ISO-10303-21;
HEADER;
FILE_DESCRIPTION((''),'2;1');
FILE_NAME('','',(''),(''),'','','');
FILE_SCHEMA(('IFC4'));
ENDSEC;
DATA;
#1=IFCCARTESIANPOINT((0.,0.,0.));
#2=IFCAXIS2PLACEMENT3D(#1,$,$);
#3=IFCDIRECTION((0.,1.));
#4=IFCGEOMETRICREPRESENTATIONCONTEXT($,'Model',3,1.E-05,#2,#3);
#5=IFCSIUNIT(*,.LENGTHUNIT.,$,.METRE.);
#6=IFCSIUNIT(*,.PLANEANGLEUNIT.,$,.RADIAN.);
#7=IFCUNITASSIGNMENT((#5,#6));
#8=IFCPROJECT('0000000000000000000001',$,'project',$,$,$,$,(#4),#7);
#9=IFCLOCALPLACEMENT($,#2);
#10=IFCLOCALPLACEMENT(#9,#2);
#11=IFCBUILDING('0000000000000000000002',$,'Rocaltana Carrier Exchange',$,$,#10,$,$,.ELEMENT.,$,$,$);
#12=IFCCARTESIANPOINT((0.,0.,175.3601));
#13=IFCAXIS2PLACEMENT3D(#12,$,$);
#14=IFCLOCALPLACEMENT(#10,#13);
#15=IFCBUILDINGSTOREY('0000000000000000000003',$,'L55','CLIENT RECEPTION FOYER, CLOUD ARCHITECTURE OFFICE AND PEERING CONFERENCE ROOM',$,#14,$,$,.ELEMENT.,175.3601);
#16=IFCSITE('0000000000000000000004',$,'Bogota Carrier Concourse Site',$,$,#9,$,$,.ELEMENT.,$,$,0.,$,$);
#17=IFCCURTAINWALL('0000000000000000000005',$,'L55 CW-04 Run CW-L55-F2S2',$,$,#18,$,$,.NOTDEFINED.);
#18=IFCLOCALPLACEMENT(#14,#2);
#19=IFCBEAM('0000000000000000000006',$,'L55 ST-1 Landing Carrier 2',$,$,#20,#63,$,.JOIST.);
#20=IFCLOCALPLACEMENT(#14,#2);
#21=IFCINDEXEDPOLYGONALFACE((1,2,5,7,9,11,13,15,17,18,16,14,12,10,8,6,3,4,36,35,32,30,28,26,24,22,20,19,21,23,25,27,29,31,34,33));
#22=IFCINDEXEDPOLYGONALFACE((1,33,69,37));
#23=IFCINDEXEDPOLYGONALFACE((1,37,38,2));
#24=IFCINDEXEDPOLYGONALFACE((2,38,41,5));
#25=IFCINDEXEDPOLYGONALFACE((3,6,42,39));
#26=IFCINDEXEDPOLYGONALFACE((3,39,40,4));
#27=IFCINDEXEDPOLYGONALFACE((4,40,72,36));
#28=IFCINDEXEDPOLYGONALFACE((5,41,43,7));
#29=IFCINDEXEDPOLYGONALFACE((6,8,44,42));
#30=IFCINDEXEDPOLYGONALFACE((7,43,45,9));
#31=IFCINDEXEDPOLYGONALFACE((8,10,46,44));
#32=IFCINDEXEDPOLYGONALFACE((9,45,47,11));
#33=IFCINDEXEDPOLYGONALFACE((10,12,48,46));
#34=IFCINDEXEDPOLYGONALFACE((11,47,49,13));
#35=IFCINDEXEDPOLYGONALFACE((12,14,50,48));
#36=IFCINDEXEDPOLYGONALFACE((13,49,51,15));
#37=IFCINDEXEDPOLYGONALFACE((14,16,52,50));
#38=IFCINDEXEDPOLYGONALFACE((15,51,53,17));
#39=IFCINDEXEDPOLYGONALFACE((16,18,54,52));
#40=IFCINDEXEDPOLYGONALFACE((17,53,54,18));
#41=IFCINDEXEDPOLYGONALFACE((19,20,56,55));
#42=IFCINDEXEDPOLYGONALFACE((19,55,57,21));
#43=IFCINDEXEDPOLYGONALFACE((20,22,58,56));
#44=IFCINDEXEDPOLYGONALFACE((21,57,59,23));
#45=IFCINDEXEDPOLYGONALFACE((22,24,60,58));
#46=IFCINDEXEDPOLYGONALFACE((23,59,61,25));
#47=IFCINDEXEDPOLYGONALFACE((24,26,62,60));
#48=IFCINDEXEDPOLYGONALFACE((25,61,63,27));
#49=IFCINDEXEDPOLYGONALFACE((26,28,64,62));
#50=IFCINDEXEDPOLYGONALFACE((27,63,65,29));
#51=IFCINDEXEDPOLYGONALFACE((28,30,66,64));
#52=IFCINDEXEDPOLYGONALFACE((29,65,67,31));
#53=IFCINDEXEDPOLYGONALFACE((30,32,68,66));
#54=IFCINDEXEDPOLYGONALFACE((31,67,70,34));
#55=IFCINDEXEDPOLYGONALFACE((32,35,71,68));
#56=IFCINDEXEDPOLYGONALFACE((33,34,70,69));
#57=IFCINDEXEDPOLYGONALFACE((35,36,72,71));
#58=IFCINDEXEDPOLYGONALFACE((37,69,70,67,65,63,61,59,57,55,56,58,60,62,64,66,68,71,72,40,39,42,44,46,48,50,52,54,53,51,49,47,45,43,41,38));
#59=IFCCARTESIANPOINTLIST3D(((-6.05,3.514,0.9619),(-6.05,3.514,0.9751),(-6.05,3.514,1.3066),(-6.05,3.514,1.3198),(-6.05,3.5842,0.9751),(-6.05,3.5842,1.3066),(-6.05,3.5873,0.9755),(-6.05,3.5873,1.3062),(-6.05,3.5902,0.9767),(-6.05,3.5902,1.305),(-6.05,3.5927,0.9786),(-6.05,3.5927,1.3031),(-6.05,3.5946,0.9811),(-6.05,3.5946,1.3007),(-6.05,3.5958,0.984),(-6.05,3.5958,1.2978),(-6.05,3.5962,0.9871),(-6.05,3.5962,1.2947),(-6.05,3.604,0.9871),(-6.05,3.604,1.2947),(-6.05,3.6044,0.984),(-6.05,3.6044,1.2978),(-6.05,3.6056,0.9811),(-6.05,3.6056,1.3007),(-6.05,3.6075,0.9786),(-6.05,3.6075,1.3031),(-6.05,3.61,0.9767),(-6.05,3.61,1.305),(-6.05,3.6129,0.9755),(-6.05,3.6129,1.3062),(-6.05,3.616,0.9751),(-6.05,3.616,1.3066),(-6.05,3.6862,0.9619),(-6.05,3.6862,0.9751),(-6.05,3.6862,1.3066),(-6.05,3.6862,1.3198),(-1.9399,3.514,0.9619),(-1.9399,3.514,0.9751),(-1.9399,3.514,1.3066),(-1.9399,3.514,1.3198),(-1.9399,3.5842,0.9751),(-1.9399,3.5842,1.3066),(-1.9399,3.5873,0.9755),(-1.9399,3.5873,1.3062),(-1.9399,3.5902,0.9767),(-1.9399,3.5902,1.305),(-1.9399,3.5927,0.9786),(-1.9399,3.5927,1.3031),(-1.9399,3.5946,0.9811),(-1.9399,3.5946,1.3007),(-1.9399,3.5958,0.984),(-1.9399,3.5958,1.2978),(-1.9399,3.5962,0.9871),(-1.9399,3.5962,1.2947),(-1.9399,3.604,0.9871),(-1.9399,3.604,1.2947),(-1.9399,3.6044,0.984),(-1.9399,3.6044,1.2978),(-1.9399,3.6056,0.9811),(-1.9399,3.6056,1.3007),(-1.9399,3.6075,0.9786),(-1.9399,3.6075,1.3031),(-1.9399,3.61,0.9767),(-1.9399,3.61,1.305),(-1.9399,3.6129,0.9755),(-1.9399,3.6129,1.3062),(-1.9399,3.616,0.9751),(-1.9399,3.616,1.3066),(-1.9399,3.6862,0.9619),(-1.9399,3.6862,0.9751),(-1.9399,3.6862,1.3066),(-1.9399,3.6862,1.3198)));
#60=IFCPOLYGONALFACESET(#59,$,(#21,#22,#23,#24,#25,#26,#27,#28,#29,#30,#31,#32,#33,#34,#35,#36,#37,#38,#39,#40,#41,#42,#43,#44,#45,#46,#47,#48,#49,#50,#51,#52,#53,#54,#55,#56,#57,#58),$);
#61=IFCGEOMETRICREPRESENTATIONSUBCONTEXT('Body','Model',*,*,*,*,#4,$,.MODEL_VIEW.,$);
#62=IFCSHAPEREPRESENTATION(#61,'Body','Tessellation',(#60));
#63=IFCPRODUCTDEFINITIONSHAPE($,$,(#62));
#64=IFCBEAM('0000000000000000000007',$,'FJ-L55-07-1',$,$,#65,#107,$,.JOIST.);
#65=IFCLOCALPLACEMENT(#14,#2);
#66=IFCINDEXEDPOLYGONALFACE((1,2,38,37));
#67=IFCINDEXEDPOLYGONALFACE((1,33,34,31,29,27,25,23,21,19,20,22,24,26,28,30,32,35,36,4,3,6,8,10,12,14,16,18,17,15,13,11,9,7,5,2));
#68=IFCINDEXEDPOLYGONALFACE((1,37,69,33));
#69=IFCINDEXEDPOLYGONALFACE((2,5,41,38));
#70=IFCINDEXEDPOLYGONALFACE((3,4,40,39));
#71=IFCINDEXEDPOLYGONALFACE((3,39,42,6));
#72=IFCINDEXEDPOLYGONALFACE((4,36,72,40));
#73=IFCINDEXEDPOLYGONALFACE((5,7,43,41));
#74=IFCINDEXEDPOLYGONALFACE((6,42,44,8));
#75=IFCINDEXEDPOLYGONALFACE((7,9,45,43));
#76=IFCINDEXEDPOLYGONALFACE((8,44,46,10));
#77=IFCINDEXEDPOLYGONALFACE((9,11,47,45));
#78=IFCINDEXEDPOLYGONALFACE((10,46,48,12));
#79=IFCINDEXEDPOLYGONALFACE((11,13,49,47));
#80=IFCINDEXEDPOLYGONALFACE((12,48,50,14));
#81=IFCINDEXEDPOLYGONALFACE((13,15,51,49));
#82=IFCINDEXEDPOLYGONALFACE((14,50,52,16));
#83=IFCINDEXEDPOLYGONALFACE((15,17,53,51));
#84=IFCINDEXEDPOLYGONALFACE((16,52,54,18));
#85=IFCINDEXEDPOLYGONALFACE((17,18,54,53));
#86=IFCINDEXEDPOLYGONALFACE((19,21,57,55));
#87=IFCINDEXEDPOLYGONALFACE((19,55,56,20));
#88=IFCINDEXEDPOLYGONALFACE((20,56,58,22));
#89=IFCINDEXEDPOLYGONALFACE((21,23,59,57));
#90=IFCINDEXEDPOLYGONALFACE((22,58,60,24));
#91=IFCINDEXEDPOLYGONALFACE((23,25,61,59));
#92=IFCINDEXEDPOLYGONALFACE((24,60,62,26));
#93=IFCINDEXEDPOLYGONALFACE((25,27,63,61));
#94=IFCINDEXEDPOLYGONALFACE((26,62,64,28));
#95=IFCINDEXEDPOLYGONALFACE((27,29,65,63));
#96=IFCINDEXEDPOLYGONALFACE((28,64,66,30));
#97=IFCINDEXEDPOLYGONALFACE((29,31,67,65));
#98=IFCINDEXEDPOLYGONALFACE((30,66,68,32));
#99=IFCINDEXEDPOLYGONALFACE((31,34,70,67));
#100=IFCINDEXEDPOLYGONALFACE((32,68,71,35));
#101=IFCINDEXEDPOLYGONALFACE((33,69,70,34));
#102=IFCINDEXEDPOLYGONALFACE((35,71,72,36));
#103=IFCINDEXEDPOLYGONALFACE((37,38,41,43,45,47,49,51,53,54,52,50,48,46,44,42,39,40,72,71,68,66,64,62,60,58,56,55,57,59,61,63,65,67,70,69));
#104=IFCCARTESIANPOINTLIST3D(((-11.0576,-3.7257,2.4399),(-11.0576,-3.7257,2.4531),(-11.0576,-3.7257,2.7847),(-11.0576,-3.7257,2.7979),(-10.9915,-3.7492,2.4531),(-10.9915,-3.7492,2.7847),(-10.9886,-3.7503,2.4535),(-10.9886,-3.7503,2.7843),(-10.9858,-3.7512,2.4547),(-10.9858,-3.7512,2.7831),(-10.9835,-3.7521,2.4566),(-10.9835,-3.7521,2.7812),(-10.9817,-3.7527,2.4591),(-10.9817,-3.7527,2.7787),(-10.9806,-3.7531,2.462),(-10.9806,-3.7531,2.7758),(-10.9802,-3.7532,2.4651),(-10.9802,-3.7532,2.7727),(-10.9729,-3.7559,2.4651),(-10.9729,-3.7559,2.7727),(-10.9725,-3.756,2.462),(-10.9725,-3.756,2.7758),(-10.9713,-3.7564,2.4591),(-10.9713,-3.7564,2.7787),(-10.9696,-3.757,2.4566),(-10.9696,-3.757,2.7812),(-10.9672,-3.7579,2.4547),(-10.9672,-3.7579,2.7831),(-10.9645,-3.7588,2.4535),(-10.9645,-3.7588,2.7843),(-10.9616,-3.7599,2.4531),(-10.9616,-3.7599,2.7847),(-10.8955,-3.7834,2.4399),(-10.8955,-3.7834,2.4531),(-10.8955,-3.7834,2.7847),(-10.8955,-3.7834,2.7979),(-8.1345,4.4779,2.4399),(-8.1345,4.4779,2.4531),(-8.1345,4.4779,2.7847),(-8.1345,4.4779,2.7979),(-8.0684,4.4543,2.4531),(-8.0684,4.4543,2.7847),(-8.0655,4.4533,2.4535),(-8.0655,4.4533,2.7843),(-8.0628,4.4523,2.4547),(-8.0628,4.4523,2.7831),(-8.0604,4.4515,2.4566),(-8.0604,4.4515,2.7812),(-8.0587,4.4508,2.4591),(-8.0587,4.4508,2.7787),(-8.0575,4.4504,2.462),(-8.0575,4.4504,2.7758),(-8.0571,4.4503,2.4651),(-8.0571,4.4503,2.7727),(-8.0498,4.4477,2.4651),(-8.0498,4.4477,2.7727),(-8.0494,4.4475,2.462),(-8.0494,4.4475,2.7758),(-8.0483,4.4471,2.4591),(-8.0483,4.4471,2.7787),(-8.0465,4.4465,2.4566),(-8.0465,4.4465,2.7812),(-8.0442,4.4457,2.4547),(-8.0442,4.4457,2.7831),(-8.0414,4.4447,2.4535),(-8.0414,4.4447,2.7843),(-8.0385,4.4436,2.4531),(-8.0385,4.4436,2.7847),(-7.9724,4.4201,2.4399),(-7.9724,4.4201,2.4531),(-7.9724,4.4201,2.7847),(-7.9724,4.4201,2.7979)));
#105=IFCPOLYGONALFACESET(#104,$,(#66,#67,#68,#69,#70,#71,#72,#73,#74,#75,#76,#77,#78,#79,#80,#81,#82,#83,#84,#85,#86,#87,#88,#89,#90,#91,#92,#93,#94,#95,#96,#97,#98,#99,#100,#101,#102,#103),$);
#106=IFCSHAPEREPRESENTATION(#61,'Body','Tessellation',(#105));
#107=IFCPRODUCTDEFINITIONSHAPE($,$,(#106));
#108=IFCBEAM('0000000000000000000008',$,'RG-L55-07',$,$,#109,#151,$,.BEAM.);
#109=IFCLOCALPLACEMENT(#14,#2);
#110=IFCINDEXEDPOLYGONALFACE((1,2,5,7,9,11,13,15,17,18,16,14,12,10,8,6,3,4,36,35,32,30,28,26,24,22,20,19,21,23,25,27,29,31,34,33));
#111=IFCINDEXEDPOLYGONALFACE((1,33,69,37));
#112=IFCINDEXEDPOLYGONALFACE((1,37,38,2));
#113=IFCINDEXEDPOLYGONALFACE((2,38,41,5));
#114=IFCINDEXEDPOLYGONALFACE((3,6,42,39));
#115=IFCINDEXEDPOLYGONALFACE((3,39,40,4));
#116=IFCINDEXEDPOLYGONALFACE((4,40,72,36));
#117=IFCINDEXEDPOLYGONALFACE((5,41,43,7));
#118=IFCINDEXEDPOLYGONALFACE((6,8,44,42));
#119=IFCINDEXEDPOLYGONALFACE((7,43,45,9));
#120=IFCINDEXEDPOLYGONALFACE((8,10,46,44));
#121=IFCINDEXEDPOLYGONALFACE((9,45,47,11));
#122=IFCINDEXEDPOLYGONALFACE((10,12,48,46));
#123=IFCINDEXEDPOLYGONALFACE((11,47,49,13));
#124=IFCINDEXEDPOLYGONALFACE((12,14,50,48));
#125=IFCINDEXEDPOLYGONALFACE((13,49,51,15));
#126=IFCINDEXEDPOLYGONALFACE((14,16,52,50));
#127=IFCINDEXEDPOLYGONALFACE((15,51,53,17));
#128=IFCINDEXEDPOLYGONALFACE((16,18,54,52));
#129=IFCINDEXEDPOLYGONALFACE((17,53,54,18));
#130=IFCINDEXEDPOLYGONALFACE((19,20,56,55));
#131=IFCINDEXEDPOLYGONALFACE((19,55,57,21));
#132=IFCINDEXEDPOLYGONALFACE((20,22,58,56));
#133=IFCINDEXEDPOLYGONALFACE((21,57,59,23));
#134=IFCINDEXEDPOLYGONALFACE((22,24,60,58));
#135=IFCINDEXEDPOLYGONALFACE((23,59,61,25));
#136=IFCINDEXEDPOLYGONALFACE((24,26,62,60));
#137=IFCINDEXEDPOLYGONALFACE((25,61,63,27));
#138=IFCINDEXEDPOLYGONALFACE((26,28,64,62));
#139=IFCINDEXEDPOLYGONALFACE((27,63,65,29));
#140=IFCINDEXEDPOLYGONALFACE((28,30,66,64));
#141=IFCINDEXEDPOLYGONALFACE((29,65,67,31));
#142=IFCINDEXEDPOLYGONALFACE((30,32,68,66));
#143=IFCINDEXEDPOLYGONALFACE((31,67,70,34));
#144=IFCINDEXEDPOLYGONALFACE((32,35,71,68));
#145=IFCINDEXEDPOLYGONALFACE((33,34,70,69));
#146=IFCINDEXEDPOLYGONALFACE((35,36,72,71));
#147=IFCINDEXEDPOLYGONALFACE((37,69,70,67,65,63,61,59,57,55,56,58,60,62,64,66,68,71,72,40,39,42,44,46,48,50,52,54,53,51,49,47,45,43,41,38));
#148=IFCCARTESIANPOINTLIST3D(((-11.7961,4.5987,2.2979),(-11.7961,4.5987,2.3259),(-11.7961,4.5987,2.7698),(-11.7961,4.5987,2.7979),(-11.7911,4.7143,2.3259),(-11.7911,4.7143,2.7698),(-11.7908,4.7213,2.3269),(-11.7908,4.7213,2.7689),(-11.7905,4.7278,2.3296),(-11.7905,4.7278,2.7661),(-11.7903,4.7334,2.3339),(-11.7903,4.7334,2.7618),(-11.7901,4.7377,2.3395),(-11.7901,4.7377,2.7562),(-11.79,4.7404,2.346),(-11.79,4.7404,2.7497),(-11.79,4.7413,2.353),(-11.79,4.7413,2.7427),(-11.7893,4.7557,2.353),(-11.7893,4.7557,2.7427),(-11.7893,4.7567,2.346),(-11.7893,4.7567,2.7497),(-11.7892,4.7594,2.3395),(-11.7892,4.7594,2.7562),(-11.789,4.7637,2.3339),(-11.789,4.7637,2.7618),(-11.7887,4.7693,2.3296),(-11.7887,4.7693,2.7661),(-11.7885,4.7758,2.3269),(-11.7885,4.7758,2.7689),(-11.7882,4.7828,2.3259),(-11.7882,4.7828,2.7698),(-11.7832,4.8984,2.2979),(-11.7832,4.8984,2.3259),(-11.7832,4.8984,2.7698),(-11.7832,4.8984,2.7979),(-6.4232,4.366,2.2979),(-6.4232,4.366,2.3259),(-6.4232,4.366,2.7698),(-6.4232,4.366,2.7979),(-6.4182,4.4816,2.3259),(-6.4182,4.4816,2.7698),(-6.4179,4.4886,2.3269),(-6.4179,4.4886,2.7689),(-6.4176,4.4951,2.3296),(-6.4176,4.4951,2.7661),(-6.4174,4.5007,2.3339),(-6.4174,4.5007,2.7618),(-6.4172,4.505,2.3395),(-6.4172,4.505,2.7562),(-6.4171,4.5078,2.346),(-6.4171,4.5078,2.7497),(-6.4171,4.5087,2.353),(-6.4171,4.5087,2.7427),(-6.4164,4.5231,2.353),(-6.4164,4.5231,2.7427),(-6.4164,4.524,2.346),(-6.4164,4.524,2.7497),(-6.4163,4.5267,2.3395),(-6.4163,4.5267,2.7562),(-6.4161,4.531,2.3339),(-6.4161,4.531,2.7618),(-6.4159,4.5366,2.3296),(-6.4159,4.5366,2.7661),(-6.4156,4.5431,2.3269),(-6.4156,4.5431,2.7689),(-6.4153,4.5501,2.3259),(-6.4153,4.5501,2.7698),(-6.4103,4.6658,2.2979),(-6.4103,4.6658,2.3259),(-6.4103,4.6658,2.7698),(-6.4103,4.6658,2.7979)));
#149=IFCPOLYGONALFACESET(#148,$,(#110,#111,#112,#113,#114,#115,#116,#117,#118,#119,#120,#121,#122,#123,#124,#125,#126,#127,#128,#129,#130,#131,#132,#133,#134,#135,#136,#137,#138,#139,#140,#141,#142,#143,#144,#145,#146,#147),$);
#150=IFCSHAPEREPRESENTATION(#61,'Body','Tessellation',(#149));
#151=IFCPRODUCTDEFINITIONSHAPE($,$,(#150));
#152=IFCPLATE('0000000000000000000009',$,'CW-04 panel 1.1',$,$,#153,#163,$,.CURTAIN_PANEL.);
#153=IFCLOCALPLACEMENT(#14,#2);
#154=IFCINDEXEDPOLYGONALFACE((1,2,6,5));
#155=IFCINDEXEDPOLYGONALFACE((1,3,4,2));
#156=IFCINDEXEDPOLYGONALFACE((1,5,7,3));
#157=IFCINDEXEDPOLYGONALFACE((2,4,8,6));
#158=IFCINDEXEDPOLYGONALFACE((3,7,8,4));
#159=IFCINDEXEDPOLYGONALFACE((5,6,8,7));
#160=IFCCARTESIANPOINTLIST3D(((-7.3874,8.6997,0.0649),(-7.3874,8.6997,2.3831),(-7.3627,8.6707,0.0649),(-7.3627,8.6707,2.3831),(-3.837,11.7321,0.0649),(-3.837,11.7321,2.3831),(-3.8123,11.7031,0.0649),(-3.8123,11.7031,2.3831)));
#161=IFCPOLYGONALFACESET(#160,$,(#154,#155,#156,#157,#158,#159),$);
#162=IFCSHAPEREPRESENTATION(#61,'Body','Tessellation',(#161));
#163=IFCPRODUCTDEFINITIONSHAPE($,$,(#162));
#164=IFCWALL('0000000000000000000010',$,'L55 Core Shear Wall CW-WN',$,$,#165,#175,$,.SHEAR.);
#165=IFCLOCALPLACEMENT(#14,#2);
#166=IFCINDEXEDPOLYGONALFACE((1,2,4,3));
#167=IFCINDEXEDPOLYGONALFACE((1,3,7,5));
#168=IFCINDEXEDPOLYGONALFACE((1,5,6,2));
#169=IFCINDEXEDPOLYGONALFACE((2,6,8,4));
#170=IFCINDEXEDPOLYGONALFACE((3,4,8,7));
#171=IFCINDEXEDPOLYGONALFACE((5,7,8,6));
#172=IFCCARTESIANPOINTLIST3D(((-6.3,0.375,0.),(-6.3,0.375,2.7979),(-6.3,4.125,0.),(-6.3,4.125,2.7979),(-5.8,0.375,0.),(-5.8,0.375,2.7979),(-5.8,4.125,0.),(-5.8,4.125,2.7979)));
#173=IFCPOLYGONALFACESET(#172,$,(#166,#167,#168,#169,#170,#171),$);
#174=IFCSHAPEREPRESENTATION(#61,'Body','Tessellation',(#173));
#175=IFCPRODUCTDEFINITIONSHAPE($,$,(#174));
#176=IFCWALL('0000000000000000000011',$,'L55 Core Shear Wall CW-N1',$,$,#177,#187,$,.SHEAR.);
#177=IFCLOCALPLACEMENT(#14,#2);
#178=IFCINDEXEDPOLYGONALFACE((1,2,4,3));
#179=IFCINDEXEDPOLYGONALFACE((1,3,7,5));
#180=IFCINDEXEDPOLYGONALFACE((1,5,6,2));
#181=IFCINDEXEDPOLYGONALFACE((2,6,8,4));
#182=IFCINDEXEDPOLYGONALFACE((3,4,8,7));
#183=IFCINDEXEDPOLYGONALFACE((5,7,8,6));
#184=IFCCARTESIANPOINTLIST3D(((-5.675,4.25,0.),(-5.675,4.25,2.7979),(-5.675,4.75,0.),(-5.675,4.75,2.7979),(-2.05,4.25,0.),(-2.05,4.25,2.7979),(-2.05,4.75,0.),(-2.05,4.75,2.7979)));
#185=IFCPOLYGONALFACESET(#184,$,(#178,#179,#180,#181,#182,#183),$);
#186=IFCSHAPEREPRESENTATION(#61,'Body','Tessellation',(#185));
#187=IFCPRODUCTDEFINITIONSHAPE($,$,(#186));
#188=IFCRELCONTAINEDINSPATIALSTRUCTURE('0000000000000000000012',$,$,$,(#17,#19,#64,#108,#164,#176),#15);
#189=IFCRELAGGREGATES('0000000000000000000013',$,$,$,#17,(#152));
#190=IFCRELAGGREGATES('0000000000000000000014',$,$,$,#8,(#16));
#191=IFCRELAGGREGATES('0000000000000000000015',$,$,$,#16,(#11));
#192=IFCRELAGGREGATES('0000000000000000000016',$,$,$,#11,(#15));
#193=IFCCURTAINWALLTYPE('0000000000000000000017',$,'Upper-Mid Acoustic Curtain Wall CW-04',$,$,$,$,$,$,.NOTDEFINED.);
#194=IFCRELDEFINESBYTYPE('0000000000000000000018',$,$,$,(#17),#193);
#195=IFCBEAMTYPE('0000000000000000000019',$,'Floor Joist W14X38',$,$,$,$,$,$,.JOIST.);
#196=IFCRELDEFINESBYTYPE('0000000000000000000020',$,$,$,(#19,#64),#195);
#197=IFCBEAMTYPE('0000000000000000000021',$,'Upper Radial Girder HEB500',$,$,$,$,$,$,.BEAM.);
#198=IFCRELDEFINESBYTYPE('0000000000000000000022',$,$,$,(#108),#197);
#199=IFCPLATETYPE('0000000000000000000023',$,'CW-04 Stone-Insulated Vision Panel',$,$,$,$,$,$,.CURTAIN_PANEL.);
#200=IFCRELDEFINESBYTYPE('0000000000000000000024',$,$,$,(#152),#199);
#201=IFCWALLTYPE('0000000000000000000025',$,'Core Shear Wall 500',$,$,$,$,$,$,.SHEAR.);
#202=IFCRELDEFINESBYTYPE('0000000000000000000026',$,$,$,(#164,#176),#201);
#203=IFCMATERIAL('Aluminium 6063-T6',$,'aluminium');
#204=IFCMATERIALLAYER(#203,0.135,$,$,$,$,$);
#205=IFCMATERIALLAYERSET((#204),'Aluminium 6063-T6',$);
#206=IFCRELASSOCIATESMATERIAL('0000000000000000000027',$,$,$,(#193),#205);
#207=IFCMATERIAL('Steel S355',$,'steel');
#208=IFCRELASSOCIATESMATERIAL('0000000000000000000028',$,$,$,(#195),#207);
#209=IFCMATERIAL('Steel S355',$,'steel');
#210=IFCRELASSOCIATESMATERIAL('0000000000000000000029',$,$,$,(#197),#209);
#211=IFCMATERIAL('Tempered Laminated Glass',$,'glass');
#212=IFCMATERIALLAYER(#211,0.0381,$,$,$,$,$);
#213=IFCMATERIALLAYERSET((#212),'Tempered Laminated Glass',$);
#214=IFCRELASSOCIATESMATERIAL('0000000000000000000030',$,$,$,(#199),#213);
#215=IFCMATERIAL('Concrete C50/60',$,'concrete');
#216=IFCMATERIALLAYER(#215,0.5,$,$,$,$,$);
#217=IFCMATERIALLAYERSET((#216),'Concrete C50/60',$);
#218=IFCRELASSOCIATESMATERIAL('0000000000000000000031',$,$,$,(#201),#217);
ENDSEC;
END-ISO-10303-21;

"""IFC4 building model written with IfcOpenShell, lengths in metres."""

from ifc_helpers import new_model, si_unit, direction, frame, frame_2d, origin, origin_2d, place, context, subcontext, project, spatial, rectangle, i_section, extrude, material, layer, layer_set, material_profile, profile_set, type_object, element, aggregate, save


model = new_model("IFC4")

# Units and contexts
model_context = context("Model", 3, precision=1e-05, world=origin(), true_north=direction((0.0, 1.0)))
body_context = subcontext(model_context, "Body", "Model", "MODEL_VIEW")
ifc_project = project(units=[si_unit("LENGTHUNIT", "METRE"), si_unit("PLANEANGLEUNIT", "RADIAN")], contexts=[model_context])

# Site, building, storey
site_placement = place(None, origin())
site = spatial("IfcSite", under=ifc_project, at=site_placement, Name="Bogota Carrier Concourse Site", CompositionType="ELEMENT", RefElevation=0.0)
building_placement = place(site_placement, origin())
building = spatial("IfcBuilding", under=site, at=building_placement, Name="Rocaltana Carrier Exchange", CompositionType="ELEMENT")
storey_placement = place(building_placement, frame((0.0, 0.0, 175.3601)))
storey = spatial("IfcBuildingStorey", under=building, at=storey_placement, Name="L55", Description="CLIENT RECEPTION FOYER, CLOUD ARCHITECTURE OFFICE AND PEERING CONFERENCE ROOM", CompositionType="ELEMENT", Elevation=175.3601)

# Curtain wall
ifc_material_1 = material(Name="Aluminium 6063-T6", Category="aluminium")
ifc_layer_1 = layer(ifc_material_1, 0.135)
ifc_layer_set_1 = layer_set([ifc_layer_1], Name="Aluminium 6063-T6")
curtain_wall_type = type_object("IfcCurtainWallType", Name="Upper-Mid Acoustic Curtain Wall CW-04", PredefinedType="NOTDEFINED", material=ifc_layer_set_1)
curtain_wall_placement = place(storey_placement, origin())
curtain_wall = element("IfcCurtainWall", 1, at=curtain_wall_placement, inside=storey, type_object=curtain_wall_type, Name="L55 CW-04 Run CW-L55-F2S2", PredefinedType="NOTDEFINED")

# Beams
ifc_material_2 = material(Name="Steel S355", Category="steel")
ifc_material_profile_1 = material_profile(ifc_material_2, i_section(OverallWidth=0.1721, OverallDepth=0.3579, WebThickness=0.0078, FlangeThickness=0.0132, FilletRadius=0.012, at=origin_2d()), Name="W14X38")
ifc_profile_set_1 = profile_set([ifc_material_profile_1], Name="Steel S355")
beam_type_1 = type_object("IfcBeamType", Name="Floor Joist W14X38", PredefinedType="JOIST", material=ifc_profile_set_1)
for number, where, z_axis, x_axis, name in (
    (2, (-6.05, 3.6001, 1.1409), (1.0, 0.0, 0.0), (0.0, 1.0, 0.0), "L55 ST-1 Landing Carrier 2"),
):
    element("IfcBeam", number, at=place(storey_placement, frame(where, z_axis=z_axis, x_axis=x_axis)), inside=storey, type_object=beam_type_1, Name=name, PredefinedType="JOIST", context=body_context, shape_type="SweptSolid", body=[
        extrude(i_section(OverallWidth=0.1721, OverallDepth=0.3579, WebThickness=0.0078, FlangeThickness=0.0132, FilletRadius=0.012, at=origin_2d()), origin(), (0.0, 0.0, 1.0), 4.1101),
    ])
beam_1_placement = place(storey_placement, frame((-8.0535, 4.449, 2.6189), z_axis=(-0.335647, -0.941988, 0.0), x_axis=(0.941988, -0.335647, 0.0)))
element("IfcBeam", 3, at=beam_1_placement, inside=storey, type_object=beam_type_1, Name="FJ-L55-07-1", PredefinedType="JOIST", context=body_context, shape_type="SweptSolid", body=[
    extrude(i_section(OverallWidth=0.1721, OverallDepth=0.3579, WebThickness=0.0078, FlangeThickness=0.0132, FilletRadius=0.012, at=origin_2d()), origin(), (0.0, 0.0, 1.0), 8.7087),
])
ifc_material_3 = material(Name="Steel S355", Category="steel")
ifc_material_profile_2 = material_profile(ifc_material_3, i_section(OverallWidth=0.3, OverallDepth=0.5, WebThickness=0.0144, FlangeThickness=0.0281, FilletRadius=0.0271, at=origin_2d()), Name="HEB500")
ifc_profile_set_2 = profile_set([ifc_material_profile_2], Name="Steel S355")
beam_type_2 = type_object("IfcBeamType", Name="Upper Radial Girder HEB500", PredefinedType="BEAM", material=ifc_profile_set_2)
beam_2_placement = place(storey_placement, frame((-6.4167, 4.5159, 2.5479), z_axis=(-0.999064, 0.043264, 0.0), x_axis=(-0.043264, -0.999064, 0.0)))
element("IfcBeam", 4, at=beam_2_placement, inside=storey, type_object=beam_type_2, Name="RG-L55-07", PredefinedType="BEAM", context=body_context, shape_type="SweptSolid", body=[
    extrude(i_section(OverallWidth=0.3, OverallDepth=0.5, WebThickness=0.0144, FlangeThickness=0.0281, FilletRadius=0.0271, at=origin_2d()), origin(), (0.0, 0.0, 1.0), 5.3779),
])

# Plate
ifc_material_4 = material(Name="Tempered Laminated Glass", Category="glass")
ifc_layer_2 = layer(ifc_material_4, 0.0381)
ifc_layer_set_2 = layer_set([ifc_layer_2], Name="Tempered Laminated Glass")
plate_type = type_object("IfcPlateType", Name="CW-04 Stone-Insulated Vision Panel", PredefinedType="CURTAIN_PANEL", material=ifc_layer_set_2)
plate_placement = place(storey_placement, frame((-5.5999, 10.2014, 0.0649), z_axis=(0.0, 0.0, 1.0), x_axis=(-0.760401, -0.649454, 0.0)))
plate = element("IfcPlate", 5, at=plate_placement, type_object=plate_type, Name="CW-04 panel 1.1", PredefinedType="CURTAIN_PANEL", context=body_context, shape_type="SweptSolid", body=[
    extrude(rectangle(XDim=4.6692, YDim=0.0381, at=origin_2d()), origin(), (0.0, 0.0, 1.0), 2.3181),
])
aggregate(curtain_wall, [plate])

# Walls
ifc_material_5 = material(Name="Concrete C50/60", Category="concrete")
ifc_layer_3 = layer(ifc_material_5, 0.5)
ifc_layer_set_3 = layer_set([ifc_layer_3], Name="Concrete C50/60")
wall_type_1 = type_object("IfcWallType", Name="Core Shear Wall 500", PredefinedType="SHEAR", material=ifc_layer_set_3)
wall_1_placement = place(storey_placement, frame((-6.05, 0.375, 0.0), z_axis=(0.0, 0.0, 1.0), x_axis=(0.0, 1.0, 0.0)))
element("IfcWall", 6, at=wall_1_placement, inside=storey, type_object=wall_type_1, Name="L55 Core Shear Wall CW-WN", PredefinedType="SHEAR", context=body_context, shape_type="SweptSolid", body=[
    extrude(rectangle(XDim=3.75, YDim=0.5, at=frame_2d((1.875, 0.0))), origin(), (0.0, 0.0, 1.0), 2.7979),
])
wall_2_placement = place(storey_placement, frame((-5.675, 4.5, 0.0), z_axis=(0.0, 0.0, 1.0), x_axis=(1.0, 0.0, 0.0)))
element("IfcWall", 7, at=wall_2_placement, inside=storey, type_object=wall_type_1, Name="L55 Core Shear Wall CW-N1", PredefinedType="SHEAR", context=body_context, shape_type="SweptSolid", body=[
    extrude(rectangle(XDim=3.625, YDim=0.5, at=frame_2d((1.8125, 0.0))), origin(), (0.0, 0.0, 1.0), 2.7979),
])

save(model, "model.ifc")
